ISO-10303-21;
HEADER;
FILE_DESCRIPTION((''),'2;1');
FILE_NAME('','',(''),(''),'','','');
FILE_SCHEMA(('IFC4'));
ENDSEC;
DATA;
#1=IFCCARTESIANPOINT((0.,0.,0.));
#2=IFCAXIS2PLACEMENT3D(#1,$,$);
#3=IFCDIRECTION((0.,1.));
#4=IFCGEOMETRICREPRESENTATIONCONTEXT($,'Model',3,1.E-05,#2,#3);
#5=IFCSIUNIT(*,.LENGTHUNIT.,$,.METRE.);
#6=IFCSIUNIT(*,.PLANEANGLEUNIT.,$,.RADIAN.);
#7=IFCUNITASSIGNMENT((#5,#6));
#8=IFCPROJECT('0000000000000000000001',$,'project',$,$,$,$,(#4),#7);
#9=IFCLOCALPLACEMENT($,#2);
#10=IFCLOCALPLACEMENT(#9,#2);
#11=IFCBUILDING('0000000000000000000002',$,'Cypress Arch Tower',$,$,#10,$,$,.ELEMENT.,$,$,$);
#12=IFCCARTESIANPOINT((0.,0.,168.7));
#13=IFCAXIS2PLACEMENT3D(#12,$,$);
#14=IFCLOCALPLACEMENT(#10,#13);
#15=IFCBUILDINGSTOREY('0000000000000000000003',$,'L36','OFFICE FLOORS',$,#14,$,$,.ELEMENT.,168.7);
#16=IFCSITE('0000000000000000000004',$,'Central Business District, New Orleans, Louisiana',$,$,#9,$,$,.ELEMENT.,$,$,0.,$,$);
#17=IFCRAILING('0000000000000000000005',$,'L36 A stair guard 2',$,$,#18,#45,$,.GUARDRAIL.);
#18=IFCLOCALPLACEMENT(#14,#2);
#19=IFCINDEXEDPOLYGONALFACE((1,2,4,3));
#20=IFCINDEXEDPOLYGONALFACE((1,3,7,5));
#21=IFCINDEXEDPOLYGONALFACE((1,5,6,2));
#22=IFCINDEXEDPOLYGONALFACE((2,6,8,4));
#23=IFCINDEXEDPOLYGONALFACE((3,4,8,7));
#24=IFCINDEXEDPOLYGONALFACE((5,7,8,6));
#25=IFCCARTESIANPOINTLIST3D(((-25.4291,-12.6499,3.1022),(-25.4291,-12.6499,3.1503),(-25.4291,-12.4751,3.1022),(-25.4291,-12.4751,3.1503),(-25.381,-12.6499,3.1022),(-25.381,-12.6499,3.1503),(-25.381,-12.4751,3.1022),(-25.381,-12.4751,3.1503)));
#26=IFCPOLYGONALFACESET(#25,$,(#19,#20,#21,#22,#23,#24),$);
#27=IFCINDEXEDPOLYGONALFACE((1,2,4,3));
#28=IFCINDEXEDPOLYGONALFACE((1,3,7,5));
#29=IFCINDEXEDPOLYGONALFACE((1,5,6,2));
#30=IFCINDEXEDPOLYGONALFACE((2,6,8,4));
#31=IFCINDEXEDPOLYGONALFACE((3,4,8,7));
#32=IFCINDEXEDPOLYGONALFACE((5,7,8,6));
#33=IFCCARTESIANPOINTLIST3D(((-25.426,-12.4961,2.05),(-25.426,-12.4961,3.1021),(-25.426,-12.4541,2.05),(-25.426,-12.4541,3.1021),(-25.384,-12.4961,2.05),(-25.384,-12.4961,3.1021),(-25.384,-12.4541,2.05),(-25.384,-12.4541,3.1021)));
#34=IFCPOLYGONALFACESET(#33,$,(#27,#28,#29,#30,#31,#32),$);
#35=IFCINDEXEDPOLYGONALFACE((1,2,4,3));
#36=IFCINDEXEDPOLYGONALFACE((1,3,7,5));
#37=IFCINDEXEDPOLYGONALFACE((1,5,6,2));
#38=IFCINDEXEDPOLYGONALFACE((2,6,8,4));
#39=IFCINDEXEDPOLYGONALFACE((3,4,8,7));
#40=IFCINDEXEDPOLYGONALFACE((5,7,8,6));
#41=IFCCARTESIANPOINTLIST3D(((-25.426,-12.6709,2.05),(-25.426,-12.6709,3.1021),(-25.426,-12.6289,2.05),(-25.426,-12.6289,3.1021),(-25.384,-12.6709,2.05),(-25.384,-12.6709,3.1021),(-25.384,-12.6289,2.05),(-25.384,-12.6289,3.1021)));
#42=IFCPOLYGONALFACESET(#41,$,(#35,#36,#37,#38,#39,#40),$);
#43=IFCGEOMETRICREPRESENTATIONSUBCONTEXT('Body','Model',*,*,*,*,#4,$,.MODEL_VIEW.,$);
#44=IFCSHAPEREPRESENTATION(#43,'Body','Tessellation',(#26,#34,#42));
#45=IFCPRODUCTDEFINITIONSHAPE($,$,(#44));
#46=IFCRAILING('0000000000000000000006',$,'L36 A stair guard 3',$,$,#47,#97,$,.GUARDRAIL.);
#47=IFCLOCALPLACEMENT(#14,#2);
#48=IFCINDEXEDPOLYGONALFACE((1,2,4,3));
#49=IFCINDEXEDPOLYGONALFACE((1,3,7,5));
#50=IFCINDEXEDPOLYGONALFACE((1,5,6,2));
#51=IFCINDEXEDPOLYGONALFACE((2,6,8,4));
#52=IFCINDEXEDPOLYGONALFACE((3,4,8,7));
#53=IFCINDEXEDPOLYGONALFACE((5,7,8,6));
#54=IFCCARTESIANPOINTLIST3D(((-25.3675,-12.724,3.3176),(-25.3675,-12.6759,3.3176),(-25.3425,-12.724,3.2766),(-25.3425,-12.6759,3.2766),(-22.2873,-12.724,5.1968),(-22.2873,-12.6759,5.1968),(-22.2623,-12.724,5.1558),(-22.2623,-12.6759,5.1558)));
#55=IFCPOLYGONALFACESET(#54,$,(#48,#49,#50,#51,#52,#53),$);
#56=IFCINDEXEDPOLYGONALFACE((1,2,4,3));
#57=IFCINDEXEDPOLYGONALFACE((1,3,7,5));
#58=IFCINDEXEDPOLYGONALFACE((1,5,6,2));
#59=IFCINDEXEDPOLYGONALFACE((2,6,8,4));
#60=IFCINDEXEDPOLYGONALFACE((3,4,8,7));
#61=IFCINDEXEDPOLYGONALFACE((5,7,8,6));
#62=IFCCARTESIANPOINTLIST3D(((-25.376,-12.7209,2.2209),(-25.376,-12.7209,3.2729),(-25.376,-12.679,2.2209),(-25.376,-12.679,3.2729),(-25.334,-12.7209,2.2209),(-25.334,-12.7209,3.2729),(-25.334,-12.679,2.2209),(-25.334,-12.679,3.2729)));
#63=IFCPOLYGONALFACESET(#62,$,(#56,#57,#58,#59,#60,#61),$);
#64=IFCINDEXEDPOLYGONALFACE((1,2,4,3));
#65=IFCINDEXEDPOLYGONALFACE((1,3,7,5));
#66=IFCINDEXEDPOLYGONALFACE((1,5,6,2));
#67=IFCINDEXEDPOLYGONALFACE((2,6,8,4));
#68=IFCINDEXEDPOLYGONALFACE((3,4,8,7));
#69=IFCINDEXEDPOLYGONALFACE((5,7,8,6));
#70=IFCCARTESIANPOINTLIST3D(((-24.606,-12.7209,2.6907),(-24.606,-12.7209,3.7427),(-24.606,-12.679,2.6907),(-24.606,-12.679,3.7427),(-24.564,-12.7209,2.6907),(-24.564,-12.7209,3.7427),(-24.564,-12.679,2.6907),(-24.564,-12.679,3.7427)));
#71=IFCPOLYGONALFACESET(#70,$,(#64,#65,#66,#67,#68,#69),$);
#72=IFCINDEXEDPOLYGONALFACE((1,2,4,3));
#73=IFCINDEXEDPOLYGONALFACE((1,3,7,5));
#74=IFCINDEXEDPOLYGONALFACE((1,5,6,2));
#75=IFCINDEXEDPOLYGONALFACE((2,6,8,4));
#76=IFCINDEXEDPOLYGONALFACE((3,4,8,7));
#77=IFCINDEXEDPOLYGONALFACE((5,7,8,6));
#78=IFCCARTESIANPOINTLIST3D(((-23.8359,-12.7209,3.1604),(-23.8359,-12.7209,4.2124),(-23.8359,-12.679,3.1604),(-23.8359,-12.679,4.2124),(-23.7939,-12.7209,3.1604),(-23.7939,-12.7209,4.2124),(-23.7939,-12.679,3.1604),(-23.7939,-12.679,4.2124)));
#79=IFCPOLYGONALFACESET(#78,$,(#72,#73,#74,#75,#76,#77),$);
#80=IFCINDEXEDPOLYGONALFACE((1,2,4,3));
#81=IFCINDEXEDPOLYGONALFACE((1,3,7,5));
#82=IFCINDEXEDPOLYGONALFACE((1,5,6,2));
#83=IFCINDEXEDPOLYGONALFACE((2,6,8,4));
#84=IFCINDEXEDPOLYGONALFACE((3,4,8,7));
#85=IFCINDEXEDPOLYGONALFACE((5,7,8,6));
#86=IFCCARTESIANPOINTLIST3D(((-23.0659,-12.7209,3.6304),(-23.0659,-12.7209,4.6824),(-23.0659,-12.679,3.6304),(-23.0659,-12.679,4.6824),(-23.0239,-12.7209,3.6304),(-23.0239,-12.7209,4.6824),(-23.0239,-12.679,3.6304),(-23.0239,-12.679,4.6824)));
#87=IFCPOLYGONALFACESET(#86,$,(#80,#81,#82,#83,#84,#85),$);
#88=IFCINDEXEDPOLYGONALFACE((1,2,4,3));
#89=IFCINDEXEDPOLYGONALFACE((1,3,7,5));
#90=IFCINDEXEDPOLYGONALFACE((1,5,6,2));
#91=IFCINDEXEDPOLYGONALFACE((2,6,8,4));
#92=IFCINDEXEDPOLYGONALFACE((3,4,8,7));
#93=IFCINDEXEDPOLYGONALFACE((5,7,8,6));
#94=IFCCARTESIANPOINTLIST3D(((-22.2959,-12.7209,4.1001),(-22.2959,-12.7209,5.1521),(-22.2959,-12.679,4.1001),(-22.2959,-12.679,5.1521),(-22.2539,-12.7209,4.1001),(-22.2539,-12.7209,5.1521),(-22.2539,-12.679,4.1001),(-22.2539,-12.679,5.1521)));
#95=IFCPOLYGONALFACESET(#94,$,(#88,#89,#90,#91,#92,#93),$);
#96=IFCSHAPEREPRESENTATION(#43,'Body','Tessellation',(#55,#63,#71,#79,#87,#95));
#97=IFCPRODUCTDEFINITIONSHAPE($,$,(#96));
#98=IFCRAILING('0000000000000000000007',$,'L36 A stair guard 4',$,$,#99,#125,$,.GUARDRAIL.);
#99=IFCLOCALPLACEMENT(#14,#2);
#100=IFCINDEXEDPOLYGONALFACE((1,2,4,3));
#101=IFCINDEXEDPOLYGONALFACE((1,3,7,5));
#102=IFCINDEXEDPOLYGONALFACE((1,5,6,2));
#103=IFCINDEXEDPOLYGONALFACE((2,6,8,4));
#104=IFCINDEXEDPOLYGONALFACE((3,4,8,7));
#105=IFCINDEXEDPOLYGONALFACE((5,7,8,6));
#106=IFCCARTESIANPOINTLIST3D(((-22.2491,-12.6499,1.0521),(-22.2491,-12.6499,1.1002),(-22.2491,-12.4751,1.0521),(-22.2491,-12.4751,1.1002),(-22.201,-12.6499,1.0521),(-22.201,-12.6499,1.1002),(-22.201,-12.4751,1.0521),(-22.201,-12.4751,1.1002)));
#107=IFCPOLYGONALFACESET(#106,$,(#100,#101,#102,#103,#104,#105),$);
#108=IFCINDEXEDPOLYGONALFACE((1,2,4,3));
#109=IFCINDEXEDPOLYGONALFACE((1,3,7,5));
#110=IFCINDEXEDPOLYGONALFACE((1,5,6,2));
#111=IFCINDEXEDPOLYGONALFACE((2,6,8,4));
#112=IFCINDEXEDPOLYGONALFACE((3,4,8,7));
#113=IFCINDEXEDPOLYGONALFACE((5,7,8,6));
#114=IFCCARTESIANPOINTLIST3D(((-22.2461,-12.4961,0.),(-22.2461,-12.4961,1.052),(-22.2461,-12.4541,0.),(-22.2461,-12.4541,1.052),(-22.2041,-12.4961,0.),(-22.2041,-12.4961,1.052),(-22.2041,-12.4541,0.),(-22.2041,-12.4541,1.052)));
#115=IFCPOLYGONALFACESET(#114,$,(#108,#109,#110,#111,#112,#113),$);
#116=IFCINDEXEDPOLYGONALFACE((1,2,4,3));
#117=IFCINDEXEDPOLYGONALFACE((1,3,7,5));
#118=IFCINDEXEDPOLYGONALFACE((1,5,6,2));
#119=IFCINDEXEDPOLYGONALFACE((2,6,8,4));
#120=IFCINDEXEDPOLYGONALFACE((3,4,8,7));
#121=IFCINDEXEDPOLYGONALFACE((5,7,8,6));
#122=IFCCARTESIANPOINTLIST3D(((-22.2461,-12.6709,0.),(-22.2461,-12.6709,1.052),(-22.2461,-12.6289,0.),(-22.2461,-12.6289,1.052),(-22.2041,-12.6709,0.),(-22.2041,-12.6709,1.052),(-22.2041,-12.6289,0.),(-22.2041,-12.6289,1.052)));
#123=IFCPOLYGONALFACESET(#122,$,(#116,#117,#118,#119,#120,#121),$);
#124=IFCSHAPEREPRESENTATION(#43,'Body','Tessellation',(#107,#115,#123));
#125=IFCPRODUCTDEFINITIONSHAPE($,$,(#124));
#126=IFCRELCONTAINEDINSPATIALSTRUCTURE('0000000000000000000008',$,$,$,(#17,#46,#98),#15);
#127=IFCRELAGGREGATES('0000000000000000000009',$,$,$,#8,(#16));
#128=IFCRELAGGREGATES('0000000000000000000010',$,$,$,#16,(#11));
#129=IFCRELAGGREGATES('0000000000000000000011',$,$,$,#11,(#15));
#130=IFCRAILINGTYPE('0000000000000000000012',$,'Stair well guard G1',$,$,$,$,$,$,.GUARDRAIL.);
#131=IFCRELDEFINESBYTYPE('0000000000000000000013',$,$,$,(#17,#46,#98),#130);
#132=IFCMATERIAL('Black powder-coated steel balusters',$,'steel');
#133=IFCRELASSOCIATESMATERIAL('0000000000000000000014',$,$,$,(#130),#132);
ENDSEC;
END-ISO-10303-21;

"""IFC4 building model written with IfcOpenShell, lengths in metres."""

from ifc_helpers import new_model, si_unit, direction, frame, origin, origin_2d, place, context, subcontext, project, spatial, rectangle, extrude, material, type_object, element, save


model = new_model("IFC4")

# Units and contexts
model_context = context("Model", 3, precision=1e-05, world=origin(), true_north=direction((0.0, 1.0)))
body_context = subcontext(model_context, "Body", "Model", "MODEL_VIEW")
ifc_project = project(units=[si_unit("LENGTHUNIT", "METRE"), si_unit("PLANEANGLEUNIT", "RADIAN")], contexts=[model_context])

# Site, building, storey
site_placement = place(None, origin())
site = spatial("IfcSite", under=ifc_project, at=site_placement, Name="Central Business District, New Orleans, Louisiana", CompositionType="ELEMENT", RefElevation=0.0)
building_placement = place(site_placement, origin())
building = spatial("IfcBuilding", under=site, at=building_placement, Name="Cypress Arch Tower", CompositionType="ELEMENT")
storey_placement = place(building_placement, frame((0.0, 0.0, 168.7)))
storey = spatial("IfcBuildingStorey", under=building, at=storey_placement, Name="L36", Description="OFFICE FLOORS", CompositionType="ELEMENT", Elevation=168.7)

# Railings
ifc_material_1 = material(Name="Black powder-coated steel balusters", Category="steel")
railing_type_1 = type_object("IfcRailingType", Name="Stair well guard G1", PredefinedType="GUARDRAIL", material=ifc_material_1)
railing_1_placement = place(storey_placement, frame((-25.405, -12.4751, 2.05)))
element("IfcRailing", 1, at=railing_1_placement, inside=storey, type_object=railing_type_1, Name="L36 A stair guard 2", PredefinedType="GUARDRAIL", context=body_context, shape_type="SweptSolid", body=[
    extrude(rectangle(XDim=0.0481, YDim=0.0481, at=origin_2d()), frame((0.0, 0.0, 1.0762), z_axis=(0.0, -1.0, 0.0), x_axis=(1.0, 0.0, 0.0)), (0.0, 0.0, 1.0), 0.1748),
    extrude(rectangle(XDim=0.042, YDim=0.042, at=origin_2d()), origin(), (0.0, 0.0, 1.0), 1.052),
    extrude(rectangle(XDim=0.042, YDim=0.042, at=origin_2d()), frame((0.0, -0.1748, 0.0)), (0.0, 0.0, 1.0), 1.052),
])
railing_2_placement = place(storey_placement, frame((-25.355, -12.7, 2.2209)))
element("IfcRailing", 2, at=railing_2_placement, inside=storey, type_object=railing_type_1, Name="L36 A stair guard 3", PredefinedType="GUARDRAIL", context=body_context, shape_type="SweptSolid", body=[
    extrude(rectangle(XDim=0.0481, YDim=0.0481, at=origin_2d()), frame((0.0, 0.0, 1.0762), z_axis=(0.853666, 0.0, 0.52082), x_axis=(0.0, 1.0, 0.0)), (0.0, 0.0, 1.0), 3.6082),
    extrude(rectangle(XDim=0.042, YDim=0.042, at=origin_2d()), origin(), (0.0, 0.0, 1.0), 1.052),
    extrude(rectangle(XDim=0.042, YDim=0.042, at=origin_2d()), frame((0.77, 0.0, 0.4697)), (0.0, 0.0, 1.0), 1.052),
    extrude(rectangle(XDim=0.042, YDim=0.042, at=origin_2d()), frame((1.54, 0.0, 0.9395)), (0.0, 0.0, 1.0), 1.052),
    extrude(rectangle(XDim=0.042, YDim=0.042, at=origin_2d()), frame((2.3101, 0.0, 1.4094)), (0.0, 0.0, 1.0), 1.052),
    extrude(rectangle(XDim=0.042, YDim=0.042, at=origin_2d()), frame((3.0801, 0.0, 1.8792)), (0.0, 0.0, 1.0), 1.052),
])
railing_3_placement = place(storey_placement, frame((-22.2251, -12.4751, 0.0)))
element("IfcRailing", 3, at=railing_3_placement, inside=storey, type_object=railing_type_1, Name="L36 A stair guard 4", PredefinedType="GUARDRAIL", context=body_context, shape_type="SweptSolid", body=[
    extrude(rectangle(XDim=0.0481, YDim=0.0481, at=origin_2d()), frame((0.0, 0.0, 1.0762), z_axis=(0.0, -1.0, 0.0), x_axis=(1.0, 0.0, 0.0)), (0.0, 0.0, 1.0), 0.1748),
    extrude(rectangle(XDim=0.042, YDim=0.042, at=origin_2d()), origin(), (0.0, 0.0, 1.0), 1.052),
    extrude(rectangle(XDim=0.042, YDim=0.042, at=origin_2d()), frame((0.0, -0.1748, 0.0)), (0.0, 0.0, 1.0), 1.052),
])

save(model, "model.ifc")
